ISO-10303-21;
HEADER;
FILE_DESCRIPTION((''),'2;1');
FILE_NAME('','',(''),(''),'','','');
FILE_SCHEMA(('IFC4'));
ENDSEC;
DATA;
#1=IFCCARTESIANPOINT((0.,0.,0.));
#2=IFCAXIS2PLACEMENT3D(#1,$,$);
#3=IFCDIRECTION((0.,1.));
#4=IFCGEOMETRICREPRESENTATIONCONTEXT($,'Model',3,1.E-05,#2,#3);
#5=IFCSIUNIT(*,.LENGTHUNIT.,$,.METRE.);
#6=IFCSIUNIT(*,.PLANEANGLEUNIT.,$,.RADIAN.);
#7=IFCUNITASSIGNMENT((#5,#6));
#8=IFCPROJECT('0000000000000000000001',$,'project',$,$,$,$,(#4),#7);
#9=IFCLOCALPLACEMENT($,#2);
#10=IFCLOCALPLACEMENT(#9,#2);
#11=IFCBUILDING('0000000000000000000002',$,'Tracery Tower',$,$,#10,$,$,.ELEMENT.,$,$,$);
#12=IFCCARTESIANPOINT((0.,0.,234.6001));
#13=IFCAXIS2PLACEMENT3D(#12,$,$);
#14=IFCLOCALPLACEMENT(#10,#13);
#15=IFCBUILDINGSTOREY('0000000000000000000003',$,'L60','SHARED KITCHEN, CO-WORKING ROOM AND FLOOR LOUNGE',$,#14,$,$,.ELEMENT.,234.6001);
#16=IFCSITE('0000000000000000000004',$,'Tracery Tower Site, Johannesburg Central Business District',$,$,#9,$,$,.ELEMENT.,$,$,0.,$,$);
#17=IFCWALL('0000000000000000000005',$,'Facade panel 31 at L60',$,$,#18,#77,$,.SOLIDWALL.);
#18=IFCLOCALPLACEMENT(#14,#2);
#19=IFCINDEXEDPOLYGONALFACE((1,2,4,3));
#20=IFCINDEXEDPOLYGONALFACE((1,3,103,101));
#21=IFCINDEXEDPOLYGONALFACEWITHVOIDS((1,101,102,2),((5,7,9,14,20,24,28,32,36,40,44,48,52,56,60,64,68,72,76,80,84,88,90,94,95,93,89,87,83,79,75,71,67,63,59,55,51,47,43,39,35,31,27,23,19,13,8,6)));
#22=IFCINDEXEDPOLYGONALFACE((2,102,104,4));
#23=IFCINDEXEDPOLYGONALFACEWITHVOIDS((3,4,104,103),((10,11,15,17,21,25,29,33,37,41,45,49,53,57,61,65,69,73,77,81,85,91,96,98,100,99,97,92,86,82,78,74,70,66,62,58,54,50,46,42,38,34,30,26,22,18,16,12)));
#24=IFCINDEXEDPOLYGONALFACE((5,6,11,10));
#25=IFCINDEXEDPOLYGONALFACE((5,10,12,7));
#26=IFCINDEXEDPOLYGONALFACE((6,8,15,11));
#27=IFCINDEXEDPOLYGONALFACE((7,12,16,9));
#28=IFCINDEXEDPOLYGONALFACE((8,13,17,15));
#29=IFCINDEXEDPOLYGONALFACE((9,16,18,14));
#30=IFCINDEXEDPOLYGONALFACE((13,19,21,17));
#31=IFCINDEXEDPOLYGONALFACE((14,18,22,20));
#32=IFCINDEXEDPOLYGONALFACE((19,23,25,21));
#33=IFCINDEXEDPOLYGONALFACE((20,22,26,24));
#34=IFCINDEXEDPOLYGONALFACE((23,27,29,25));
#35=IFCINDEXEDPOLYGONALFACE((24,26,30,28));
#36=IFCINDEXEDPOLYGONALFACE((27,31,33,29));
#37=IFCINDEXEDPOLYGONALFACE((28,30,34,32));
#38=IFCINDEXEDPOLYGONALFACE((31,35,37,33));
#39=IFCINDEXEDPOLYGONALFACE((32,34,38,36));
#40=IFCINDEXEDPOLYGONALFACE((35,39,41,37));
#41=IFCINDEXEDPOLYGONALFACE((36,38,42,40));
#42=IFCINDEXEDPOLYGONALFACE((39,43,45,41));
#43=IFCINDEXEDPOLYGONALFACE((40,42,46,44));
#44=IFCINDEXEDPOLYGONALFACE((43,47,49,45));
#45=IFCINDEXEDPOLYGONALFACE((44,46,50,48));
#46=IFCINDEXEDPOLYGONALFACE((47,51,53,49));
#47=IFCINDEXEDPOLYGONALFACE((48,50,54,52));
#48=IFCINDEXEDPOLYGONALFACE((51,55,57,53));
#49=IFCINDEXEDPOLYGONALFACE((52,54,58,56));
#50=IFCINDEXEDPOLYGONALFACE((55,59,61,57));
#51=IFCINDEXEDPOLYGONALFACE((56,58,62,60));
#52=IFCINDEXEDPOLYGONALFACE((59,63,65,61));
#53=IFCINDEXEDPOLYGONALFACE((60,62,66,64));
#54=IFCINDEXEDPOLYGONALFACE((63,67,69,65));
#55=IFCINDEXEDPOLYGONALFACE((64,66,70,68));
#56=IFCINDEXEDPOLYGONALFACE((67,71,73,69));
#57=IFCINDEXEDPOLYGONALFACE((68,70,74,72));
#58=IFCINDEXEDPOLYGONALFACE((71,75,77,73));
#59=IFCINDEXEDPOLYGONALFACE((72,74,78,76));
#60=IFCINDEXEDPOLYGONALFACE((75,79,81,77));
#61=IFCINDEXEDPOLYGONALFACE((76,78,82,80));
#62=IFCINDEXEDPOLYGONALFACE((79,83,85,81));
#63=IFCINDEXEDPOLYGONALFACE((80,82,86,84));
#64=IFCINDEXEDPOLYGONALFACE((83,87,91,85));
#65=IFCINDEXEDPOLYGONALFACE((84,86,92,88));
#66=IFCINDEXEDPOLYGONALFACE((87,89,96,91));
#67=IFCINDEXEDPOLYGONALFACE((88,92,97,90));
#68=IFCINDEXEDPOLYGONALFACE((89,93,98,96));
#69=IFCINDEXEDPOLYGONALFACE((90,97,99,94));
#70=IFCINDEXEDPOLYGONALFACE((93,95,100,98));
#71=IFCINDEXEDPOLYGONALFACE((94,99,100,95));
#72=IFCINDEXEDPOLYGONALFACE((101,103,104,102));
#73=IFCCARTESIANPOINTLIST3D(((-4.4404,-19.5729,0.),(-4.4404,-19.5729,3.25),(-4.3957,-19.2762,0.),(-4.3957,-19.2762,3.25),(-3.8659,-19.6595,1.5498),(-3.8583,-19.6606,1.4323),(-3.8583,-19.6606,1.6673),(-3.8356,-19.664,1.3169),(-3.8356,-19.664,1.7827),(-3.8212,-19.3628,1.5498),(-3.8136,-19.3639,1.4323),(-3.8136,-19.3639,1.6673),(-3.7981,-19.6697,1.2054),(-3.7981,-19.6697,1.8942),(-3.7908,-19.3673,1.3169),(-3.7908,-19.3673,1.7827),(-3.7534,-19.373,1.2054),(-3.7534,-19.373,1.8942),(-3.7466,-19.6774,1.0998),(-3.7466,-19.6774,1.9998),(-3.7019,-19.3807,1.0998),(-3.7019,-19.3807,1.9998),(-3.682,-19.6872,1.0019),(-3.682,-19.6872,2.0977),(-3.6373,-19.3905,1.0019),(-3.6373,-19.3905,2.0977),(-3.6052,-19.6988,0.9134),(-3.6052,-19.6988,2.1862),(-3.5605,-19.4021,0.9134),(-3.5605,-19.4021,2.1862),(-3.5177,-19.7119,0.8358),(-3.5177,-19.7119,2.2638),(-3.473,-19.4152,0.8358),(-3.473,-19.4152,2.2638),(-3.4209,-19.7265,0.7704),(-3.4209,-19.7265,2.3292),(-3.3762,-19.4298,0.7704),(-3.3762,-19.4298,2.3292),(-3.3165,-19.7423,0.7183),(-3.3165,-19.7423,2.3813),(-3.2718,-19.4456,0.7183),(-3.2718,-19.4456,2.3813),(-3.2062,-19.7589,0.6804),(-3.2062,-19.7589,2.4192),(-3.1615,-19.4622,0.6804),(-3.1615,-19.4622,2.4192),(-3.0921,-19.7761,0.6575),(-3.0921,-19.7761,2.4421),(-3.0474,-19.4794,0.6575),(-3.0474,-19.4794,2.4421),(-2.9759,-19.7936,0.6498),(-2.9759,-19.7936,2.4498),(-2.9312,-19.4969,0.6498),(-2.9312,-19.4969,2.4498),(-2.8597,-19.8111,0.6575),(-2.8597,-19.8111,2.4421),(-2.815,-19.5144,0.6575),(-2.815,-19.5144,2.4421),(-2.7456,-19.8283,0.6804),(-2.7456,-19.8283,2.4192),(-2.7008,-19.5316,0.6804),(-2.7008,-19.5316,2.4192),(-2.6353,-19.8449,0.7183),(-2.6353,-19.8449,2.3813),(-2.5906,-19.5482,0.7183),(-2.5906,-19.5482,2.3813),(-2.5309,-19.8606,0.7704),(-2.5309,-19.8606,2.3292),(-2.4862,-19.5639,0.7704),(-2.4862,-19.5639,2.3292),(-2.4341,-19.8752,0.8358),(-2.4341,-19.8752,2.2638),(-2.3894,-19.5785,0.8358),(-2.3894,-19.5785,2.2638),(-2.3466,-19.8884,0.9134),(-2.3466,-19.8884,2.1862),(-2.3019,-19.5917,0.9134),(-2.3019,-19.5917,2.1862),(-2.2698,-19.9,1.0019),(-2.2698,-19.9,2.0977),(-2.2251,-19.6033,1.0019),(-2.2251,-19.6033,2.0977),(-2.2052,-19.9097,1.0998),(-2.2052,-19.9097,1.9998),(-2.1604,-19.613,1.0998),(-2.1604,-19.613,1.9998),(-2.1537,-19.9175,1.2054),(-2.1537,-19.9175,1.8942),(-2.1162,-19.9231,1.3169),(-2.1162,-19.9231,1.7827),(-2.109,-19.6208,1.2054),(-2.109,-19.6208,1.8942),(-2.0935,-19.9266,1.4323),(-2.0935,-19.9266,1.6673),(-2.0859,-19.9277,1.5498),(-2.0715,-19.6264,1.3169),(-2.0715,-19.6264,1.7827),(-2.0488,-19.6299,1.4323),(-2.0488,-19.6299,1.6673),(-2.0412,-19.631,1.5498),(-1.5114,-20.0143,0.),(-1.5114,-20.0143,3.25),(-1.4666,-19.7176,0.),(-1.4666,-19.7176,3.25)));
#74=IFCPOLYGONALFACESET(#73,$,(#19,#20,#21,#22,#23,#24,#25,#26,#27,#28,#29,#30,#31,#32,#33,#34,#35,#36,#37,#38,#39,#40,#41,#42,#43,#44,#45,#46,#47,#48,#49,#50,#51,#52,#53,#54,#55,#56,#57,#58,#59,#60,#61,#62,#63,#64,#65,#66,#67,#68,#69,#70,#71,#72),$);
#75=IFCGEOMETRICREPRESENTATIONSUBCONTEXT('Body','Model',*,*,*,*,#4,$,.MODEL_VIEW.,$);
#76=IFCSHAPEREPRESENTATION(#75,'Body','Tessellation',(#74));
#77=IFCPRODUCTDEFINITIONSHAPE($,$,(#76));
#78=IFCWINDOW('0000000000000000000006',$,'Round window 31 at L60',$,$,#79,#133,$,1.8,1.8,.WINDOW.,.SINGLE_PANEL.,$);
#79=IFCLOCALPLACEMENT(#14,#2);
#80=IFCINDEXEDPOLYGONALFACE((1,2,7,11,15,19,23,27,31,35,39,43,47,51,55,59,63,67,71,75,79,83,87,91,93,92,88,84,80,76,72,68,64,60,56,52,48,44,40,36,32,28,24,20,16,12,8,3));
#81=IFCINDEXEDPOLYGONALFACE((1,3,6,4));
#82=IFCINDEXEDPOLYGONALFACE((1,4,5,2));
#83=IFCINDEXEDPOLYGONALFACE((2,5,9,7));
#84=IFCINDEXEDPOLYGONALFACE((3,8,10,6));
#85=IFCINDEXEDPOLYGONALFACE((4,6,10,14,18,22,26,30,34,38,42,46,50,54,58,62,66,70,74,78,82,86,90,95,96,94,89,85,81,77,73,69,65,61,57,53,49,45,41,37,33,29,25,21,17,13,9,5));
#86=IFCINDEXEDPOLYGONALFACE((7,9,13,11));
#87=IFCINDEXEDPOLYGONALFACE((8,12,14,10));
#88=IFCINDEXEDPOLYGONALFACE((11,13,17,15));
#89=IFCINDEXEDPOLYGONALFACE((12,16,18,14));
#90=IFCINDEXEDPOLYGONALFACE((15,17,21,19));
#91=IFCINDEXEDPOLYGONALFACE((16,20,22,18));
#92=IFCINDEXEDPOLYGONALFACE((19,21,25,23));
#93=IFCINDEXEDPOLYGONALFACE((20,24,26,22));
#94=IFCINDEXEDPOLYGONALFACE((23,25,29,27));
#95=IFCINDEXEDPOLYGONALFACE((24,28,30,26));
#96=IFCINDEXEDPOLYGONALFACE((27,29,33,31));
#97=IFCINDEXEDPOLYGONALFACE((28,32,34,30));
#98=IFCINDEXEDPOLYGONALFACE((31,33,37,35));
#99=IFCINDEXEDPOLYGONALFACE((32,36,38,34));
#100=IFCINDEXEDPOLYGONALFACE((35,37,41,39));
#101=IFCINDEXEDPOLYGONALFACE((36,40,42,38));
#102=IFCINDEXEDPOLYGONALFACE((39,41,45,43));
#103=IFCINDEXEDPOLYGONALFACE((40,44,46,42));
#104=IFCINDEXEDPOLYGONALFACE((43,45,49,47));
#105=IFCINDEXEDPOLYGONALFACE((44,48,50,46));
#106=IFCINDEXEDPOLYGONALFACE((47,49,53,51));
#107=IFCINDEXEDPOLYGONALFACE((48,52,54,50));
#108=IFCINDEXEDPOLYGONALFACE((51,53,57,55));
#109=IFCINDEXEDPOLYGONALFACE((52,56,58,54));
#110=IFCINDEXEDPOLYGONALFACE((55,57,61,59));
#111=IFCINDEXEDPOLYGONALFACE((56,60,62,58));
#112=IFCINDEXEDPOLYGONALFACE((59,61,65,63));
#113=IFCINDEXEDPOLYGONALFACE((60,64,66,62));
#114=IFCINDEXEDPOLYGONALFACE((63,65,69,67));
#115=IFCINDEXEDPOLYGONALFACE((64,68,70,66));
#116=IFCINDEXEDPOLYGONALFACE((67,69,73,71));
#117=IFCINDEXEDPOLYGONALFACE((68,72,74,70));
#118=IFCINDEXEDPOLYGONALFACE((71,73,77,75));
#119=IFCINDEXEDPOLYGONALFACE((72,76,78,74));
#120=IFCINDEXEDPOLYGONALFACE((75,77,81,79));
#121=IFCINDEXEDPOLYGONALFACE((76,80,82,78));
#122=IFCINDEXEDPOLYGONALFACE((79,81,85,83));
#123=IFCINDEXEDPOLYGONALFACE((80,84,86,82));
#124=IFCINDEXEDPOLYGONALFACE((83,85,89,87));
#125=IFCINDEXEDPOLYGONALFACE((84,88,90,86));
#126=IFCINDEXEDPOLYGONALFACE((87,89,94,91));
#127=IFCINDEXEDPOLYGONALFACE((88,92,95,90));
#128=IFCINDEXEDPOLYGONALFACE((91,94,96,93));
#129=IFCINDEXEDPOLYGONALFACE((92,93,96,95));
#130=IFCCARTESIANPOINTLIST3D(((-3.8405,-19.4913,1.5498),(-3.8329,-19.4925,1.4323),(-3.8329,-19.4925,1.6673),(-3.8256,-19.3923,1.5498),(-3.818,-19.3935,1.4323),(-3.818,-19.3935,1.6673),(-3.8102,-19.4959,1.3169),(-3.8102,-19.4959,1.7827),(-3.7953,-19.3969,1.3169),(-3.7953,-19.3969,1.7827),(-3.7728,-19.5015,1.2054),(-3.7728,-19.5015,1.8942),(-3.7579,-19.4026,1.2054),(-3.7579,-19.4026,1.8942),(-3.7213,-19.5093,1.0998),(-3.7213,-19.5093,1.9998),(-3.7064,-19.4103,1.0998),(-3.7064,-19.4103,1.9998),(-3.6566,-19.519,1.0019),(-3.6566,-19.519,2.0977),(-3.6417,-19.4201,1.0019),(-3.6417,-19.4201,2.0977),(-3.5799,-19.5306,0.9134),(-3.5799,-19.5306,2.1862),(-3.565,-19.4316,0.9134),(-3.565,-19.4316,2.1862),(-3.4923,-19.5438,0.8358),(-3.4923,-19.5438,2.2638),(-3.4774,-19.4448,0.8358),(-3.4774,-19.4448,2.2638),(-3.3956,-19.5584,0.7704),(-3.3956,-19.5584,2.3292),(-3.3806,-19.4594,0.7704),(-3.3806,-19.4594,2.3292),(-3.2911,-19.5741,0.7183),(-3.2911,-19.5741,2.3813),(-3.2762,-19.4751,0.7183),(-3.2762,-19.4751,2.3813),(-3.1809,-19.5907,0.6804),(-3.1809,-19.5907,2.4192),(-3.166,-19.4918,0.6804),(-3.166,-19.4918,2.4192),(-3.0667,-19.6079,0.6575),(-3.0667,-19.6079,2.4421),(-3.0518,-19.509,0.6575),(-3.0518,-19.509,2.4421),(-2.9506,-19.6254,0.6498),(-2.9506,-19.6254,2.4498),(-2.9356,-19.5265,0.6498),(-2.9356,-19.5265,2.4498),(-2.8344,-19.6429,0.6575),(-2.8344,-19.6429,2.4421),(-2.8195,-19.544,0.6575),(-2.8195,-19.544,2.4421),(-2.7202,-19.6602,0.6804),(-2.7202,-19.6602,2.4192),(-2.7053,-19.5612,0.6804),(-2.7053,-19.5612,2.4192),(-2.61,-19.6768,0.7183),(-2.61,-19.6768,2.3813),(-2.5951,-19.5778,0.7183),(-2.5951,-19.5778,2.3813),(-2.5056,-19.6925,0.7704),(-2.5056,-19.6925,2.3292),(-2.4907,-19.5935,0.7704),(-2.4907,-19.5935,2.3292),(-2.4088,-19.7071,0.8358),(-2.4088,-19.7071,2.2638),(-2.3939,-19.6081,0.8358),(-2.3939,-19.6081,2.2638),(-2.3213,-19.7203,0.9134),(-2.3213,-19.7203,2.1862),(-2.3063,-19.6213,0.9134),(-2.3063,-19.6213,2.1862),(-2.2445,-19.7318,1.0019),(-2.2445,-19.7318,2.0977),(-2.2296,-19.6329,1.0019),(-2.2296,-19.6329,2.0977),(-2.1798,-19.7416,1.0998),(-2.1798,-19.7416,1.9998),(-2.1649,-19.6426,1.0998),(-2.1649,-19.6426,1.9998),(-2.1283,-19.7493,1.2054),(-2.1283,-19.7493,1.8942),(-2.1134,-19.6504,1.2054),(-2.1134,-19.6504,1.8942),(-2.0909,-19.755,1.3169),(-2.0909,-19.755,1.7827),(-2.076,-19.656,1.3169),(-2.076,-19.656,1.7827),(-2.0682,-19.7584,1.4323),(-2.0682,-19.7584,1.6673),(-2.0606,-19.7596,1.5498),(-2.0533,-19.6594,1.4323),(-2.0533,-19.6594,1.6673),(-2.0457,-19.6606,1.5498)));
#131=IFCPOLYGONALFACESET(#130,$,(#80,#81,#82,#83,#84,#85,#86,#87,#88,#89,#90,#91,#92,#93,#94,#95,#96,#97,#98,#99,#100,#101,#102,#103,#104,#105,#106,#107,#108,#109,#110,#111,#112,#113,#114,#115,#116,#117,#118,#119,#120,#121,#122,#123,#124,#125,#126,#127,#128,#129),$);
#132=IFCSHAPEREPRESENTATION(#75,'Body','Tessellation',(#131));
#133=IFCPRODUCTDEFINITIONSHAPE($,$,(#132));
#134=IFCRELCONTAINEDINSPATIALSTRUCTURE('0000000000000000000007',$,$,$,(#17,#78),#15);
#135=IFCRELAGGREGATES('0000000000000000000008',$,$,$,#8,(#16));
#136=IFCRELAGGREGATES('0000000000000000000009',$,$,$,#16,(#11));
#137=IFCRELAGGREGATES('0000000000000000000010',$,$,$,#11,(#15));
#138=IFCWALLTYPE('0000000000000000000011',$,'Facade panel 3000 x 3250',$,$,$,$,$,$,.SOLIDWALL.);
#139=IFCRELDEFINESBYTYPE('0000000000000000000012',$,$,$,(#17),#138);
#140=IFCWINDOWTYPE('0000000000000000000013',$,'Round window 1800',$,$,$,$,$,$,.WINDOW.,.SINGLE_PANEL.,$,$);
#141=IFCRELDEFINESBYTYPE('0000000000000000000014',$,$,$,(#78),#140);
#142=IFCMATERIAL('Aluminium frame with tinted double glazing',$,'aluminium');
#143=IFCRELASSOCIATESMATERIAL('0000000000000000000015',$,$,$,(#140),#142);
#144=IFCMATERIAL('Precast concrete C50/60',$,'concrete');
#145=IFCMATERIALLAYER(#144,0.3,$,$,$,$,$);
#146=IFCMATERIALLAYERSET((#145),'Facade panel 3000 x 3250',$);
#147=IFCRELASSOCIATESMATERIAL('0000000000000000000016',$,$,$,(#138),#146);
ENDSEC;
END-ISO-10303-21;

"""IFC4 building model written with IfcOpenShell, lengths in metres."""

from ifc_helpers import new_model, si_unit, direction, frame, frame_2d, origin, origin_2d, place, context, subcontext, project, spatial, rectangle, circle, extrude, material, layer, layer_set, type_object, element, fill, save


model = new_model("IFC4")

# Units and contexts
model_context = context("Model", 3, precision=1e-05, world=origin(), true_north=direction((0.0, 1.0)))
body_context = subcontext(model_context, "Body", "Model", "MODEL_VIEW")
ifc_project = project(units=[si_unit("LENGTHUNIT", "METRE"), si_unit("PLANEANGLEUNIT", "RADIAN")], contexts=[model_context])

# Site, building, storey
site_placement = place(None, origin())
site = spatial("IfcSite", under=ifc_project, at=site_placement, Name="Tracery Tower Site, Johannesburg Central Business District", CompositionType="ELEMENT", RefElevation=0.0)
building_placement = place(site_placement, origin())
building = spatial("IfcBuilding", under=site, at=building_placement, Name="Tracery Tower", CompositionType="ELEMENT")
storey_placement = place(building_placement, frame((0.0, 0.0, 234.6001)))
storey = spatial("IfcBuildingStorey", under=building, at=storey_placement, Name="L60", Description="SHARED KITCHEN, CO-WORKING ROOM AND FLOOR LOUNGE", CompositionType="ELEMENT", Elevation=234.6001)

# Wall, opening, window
ifc_material_1 = material(Name="Aluminium frame with tinted double glazing", Category="aluminium")
window_type = type_object("IfcWindowType", Name="Round window 1800", PartitioningType="SINGLE_PANEL", PredefinedType="WINDOW", material=ifc_material_1)
ifc_material_2 = material(Name="Precast concrete C50/60", Category="concrete")
ifc_layer_1 = layer(ifc_material_2, 0.3)
ifc_layer_set_1 = layer_set([ifc_layer_1], Name="Facade panel 3000 x 3250")
wall_type_1 = type_object("IfcWallType", Name="Facade panel 3000 x 3250", PredefinedType="SOLIDWALL", material=ifc_layer_set_1)
wall_1_placement = place(storey_placement, frame((-4.418, -19.4246, 0.0), z_axis=(0.0, 0.0, 1.0), x_axis=(0.988836, -0.149009, 0.0)))
wall_1 = element("IfcWall", 1, at=wall_1_placement, inside=storey, type_object=wall_type_1, Name="Facade panel 31 at L60", PredefinedType="SOLIDWALL", context=body_context, shape_type="SweptSolid", body=[
    extrude(rectangle(XDim=2.9622, YDim=0.3, at=frame_2d((1.481, 0.0))), origin(), (0.0, 0.0, 1.0), 3.25),
])
opening_1_placement = place(wall_1_placement, frame((1.481, 0.0, 1.5498)))
opening_1 = element("IfcOpeningElement", 2, at=opening_1_placement, cuts=wall_1, PredefinedType="OPENING", context=body_context, shape_type="SweptSolid", body=[
    extrude(circle(Radius=0.9, at=origin_2d()), frame((0.0, 0.1599, 0.0), z_axis=(0.0, -1.0, 0.0), x_axis=(1.0, 0.0, 0.0)), (0.0, 0.0, 1.0), 0.3201),
])
window_1_placement = place(opening_1_placement, origin())
window_1 = element("IfcWindow", 3, at=window_1_placement, inside=storey, type_object=window_type, Name="Round window 31 at L60", OverallHeight=1.8, OverallWidth=1.8, PartitioningType="SINGLE_PANEL", PredefinedType="WINDOW", context=body_context, shape_type="SweptSolid", body=[
    extrude(circle(Radius=0.9, at=origin_2d()), frame((0.0, 0.1201, 0.0), z_axis=(0.0, -1.0, 0.0), x_axis=(1.0, 0.0, 0.0)), (0.0, 0.0, 1.0), 0.1001),
])
fill(opening_1, window_1)

save(model, "model.ifc")
